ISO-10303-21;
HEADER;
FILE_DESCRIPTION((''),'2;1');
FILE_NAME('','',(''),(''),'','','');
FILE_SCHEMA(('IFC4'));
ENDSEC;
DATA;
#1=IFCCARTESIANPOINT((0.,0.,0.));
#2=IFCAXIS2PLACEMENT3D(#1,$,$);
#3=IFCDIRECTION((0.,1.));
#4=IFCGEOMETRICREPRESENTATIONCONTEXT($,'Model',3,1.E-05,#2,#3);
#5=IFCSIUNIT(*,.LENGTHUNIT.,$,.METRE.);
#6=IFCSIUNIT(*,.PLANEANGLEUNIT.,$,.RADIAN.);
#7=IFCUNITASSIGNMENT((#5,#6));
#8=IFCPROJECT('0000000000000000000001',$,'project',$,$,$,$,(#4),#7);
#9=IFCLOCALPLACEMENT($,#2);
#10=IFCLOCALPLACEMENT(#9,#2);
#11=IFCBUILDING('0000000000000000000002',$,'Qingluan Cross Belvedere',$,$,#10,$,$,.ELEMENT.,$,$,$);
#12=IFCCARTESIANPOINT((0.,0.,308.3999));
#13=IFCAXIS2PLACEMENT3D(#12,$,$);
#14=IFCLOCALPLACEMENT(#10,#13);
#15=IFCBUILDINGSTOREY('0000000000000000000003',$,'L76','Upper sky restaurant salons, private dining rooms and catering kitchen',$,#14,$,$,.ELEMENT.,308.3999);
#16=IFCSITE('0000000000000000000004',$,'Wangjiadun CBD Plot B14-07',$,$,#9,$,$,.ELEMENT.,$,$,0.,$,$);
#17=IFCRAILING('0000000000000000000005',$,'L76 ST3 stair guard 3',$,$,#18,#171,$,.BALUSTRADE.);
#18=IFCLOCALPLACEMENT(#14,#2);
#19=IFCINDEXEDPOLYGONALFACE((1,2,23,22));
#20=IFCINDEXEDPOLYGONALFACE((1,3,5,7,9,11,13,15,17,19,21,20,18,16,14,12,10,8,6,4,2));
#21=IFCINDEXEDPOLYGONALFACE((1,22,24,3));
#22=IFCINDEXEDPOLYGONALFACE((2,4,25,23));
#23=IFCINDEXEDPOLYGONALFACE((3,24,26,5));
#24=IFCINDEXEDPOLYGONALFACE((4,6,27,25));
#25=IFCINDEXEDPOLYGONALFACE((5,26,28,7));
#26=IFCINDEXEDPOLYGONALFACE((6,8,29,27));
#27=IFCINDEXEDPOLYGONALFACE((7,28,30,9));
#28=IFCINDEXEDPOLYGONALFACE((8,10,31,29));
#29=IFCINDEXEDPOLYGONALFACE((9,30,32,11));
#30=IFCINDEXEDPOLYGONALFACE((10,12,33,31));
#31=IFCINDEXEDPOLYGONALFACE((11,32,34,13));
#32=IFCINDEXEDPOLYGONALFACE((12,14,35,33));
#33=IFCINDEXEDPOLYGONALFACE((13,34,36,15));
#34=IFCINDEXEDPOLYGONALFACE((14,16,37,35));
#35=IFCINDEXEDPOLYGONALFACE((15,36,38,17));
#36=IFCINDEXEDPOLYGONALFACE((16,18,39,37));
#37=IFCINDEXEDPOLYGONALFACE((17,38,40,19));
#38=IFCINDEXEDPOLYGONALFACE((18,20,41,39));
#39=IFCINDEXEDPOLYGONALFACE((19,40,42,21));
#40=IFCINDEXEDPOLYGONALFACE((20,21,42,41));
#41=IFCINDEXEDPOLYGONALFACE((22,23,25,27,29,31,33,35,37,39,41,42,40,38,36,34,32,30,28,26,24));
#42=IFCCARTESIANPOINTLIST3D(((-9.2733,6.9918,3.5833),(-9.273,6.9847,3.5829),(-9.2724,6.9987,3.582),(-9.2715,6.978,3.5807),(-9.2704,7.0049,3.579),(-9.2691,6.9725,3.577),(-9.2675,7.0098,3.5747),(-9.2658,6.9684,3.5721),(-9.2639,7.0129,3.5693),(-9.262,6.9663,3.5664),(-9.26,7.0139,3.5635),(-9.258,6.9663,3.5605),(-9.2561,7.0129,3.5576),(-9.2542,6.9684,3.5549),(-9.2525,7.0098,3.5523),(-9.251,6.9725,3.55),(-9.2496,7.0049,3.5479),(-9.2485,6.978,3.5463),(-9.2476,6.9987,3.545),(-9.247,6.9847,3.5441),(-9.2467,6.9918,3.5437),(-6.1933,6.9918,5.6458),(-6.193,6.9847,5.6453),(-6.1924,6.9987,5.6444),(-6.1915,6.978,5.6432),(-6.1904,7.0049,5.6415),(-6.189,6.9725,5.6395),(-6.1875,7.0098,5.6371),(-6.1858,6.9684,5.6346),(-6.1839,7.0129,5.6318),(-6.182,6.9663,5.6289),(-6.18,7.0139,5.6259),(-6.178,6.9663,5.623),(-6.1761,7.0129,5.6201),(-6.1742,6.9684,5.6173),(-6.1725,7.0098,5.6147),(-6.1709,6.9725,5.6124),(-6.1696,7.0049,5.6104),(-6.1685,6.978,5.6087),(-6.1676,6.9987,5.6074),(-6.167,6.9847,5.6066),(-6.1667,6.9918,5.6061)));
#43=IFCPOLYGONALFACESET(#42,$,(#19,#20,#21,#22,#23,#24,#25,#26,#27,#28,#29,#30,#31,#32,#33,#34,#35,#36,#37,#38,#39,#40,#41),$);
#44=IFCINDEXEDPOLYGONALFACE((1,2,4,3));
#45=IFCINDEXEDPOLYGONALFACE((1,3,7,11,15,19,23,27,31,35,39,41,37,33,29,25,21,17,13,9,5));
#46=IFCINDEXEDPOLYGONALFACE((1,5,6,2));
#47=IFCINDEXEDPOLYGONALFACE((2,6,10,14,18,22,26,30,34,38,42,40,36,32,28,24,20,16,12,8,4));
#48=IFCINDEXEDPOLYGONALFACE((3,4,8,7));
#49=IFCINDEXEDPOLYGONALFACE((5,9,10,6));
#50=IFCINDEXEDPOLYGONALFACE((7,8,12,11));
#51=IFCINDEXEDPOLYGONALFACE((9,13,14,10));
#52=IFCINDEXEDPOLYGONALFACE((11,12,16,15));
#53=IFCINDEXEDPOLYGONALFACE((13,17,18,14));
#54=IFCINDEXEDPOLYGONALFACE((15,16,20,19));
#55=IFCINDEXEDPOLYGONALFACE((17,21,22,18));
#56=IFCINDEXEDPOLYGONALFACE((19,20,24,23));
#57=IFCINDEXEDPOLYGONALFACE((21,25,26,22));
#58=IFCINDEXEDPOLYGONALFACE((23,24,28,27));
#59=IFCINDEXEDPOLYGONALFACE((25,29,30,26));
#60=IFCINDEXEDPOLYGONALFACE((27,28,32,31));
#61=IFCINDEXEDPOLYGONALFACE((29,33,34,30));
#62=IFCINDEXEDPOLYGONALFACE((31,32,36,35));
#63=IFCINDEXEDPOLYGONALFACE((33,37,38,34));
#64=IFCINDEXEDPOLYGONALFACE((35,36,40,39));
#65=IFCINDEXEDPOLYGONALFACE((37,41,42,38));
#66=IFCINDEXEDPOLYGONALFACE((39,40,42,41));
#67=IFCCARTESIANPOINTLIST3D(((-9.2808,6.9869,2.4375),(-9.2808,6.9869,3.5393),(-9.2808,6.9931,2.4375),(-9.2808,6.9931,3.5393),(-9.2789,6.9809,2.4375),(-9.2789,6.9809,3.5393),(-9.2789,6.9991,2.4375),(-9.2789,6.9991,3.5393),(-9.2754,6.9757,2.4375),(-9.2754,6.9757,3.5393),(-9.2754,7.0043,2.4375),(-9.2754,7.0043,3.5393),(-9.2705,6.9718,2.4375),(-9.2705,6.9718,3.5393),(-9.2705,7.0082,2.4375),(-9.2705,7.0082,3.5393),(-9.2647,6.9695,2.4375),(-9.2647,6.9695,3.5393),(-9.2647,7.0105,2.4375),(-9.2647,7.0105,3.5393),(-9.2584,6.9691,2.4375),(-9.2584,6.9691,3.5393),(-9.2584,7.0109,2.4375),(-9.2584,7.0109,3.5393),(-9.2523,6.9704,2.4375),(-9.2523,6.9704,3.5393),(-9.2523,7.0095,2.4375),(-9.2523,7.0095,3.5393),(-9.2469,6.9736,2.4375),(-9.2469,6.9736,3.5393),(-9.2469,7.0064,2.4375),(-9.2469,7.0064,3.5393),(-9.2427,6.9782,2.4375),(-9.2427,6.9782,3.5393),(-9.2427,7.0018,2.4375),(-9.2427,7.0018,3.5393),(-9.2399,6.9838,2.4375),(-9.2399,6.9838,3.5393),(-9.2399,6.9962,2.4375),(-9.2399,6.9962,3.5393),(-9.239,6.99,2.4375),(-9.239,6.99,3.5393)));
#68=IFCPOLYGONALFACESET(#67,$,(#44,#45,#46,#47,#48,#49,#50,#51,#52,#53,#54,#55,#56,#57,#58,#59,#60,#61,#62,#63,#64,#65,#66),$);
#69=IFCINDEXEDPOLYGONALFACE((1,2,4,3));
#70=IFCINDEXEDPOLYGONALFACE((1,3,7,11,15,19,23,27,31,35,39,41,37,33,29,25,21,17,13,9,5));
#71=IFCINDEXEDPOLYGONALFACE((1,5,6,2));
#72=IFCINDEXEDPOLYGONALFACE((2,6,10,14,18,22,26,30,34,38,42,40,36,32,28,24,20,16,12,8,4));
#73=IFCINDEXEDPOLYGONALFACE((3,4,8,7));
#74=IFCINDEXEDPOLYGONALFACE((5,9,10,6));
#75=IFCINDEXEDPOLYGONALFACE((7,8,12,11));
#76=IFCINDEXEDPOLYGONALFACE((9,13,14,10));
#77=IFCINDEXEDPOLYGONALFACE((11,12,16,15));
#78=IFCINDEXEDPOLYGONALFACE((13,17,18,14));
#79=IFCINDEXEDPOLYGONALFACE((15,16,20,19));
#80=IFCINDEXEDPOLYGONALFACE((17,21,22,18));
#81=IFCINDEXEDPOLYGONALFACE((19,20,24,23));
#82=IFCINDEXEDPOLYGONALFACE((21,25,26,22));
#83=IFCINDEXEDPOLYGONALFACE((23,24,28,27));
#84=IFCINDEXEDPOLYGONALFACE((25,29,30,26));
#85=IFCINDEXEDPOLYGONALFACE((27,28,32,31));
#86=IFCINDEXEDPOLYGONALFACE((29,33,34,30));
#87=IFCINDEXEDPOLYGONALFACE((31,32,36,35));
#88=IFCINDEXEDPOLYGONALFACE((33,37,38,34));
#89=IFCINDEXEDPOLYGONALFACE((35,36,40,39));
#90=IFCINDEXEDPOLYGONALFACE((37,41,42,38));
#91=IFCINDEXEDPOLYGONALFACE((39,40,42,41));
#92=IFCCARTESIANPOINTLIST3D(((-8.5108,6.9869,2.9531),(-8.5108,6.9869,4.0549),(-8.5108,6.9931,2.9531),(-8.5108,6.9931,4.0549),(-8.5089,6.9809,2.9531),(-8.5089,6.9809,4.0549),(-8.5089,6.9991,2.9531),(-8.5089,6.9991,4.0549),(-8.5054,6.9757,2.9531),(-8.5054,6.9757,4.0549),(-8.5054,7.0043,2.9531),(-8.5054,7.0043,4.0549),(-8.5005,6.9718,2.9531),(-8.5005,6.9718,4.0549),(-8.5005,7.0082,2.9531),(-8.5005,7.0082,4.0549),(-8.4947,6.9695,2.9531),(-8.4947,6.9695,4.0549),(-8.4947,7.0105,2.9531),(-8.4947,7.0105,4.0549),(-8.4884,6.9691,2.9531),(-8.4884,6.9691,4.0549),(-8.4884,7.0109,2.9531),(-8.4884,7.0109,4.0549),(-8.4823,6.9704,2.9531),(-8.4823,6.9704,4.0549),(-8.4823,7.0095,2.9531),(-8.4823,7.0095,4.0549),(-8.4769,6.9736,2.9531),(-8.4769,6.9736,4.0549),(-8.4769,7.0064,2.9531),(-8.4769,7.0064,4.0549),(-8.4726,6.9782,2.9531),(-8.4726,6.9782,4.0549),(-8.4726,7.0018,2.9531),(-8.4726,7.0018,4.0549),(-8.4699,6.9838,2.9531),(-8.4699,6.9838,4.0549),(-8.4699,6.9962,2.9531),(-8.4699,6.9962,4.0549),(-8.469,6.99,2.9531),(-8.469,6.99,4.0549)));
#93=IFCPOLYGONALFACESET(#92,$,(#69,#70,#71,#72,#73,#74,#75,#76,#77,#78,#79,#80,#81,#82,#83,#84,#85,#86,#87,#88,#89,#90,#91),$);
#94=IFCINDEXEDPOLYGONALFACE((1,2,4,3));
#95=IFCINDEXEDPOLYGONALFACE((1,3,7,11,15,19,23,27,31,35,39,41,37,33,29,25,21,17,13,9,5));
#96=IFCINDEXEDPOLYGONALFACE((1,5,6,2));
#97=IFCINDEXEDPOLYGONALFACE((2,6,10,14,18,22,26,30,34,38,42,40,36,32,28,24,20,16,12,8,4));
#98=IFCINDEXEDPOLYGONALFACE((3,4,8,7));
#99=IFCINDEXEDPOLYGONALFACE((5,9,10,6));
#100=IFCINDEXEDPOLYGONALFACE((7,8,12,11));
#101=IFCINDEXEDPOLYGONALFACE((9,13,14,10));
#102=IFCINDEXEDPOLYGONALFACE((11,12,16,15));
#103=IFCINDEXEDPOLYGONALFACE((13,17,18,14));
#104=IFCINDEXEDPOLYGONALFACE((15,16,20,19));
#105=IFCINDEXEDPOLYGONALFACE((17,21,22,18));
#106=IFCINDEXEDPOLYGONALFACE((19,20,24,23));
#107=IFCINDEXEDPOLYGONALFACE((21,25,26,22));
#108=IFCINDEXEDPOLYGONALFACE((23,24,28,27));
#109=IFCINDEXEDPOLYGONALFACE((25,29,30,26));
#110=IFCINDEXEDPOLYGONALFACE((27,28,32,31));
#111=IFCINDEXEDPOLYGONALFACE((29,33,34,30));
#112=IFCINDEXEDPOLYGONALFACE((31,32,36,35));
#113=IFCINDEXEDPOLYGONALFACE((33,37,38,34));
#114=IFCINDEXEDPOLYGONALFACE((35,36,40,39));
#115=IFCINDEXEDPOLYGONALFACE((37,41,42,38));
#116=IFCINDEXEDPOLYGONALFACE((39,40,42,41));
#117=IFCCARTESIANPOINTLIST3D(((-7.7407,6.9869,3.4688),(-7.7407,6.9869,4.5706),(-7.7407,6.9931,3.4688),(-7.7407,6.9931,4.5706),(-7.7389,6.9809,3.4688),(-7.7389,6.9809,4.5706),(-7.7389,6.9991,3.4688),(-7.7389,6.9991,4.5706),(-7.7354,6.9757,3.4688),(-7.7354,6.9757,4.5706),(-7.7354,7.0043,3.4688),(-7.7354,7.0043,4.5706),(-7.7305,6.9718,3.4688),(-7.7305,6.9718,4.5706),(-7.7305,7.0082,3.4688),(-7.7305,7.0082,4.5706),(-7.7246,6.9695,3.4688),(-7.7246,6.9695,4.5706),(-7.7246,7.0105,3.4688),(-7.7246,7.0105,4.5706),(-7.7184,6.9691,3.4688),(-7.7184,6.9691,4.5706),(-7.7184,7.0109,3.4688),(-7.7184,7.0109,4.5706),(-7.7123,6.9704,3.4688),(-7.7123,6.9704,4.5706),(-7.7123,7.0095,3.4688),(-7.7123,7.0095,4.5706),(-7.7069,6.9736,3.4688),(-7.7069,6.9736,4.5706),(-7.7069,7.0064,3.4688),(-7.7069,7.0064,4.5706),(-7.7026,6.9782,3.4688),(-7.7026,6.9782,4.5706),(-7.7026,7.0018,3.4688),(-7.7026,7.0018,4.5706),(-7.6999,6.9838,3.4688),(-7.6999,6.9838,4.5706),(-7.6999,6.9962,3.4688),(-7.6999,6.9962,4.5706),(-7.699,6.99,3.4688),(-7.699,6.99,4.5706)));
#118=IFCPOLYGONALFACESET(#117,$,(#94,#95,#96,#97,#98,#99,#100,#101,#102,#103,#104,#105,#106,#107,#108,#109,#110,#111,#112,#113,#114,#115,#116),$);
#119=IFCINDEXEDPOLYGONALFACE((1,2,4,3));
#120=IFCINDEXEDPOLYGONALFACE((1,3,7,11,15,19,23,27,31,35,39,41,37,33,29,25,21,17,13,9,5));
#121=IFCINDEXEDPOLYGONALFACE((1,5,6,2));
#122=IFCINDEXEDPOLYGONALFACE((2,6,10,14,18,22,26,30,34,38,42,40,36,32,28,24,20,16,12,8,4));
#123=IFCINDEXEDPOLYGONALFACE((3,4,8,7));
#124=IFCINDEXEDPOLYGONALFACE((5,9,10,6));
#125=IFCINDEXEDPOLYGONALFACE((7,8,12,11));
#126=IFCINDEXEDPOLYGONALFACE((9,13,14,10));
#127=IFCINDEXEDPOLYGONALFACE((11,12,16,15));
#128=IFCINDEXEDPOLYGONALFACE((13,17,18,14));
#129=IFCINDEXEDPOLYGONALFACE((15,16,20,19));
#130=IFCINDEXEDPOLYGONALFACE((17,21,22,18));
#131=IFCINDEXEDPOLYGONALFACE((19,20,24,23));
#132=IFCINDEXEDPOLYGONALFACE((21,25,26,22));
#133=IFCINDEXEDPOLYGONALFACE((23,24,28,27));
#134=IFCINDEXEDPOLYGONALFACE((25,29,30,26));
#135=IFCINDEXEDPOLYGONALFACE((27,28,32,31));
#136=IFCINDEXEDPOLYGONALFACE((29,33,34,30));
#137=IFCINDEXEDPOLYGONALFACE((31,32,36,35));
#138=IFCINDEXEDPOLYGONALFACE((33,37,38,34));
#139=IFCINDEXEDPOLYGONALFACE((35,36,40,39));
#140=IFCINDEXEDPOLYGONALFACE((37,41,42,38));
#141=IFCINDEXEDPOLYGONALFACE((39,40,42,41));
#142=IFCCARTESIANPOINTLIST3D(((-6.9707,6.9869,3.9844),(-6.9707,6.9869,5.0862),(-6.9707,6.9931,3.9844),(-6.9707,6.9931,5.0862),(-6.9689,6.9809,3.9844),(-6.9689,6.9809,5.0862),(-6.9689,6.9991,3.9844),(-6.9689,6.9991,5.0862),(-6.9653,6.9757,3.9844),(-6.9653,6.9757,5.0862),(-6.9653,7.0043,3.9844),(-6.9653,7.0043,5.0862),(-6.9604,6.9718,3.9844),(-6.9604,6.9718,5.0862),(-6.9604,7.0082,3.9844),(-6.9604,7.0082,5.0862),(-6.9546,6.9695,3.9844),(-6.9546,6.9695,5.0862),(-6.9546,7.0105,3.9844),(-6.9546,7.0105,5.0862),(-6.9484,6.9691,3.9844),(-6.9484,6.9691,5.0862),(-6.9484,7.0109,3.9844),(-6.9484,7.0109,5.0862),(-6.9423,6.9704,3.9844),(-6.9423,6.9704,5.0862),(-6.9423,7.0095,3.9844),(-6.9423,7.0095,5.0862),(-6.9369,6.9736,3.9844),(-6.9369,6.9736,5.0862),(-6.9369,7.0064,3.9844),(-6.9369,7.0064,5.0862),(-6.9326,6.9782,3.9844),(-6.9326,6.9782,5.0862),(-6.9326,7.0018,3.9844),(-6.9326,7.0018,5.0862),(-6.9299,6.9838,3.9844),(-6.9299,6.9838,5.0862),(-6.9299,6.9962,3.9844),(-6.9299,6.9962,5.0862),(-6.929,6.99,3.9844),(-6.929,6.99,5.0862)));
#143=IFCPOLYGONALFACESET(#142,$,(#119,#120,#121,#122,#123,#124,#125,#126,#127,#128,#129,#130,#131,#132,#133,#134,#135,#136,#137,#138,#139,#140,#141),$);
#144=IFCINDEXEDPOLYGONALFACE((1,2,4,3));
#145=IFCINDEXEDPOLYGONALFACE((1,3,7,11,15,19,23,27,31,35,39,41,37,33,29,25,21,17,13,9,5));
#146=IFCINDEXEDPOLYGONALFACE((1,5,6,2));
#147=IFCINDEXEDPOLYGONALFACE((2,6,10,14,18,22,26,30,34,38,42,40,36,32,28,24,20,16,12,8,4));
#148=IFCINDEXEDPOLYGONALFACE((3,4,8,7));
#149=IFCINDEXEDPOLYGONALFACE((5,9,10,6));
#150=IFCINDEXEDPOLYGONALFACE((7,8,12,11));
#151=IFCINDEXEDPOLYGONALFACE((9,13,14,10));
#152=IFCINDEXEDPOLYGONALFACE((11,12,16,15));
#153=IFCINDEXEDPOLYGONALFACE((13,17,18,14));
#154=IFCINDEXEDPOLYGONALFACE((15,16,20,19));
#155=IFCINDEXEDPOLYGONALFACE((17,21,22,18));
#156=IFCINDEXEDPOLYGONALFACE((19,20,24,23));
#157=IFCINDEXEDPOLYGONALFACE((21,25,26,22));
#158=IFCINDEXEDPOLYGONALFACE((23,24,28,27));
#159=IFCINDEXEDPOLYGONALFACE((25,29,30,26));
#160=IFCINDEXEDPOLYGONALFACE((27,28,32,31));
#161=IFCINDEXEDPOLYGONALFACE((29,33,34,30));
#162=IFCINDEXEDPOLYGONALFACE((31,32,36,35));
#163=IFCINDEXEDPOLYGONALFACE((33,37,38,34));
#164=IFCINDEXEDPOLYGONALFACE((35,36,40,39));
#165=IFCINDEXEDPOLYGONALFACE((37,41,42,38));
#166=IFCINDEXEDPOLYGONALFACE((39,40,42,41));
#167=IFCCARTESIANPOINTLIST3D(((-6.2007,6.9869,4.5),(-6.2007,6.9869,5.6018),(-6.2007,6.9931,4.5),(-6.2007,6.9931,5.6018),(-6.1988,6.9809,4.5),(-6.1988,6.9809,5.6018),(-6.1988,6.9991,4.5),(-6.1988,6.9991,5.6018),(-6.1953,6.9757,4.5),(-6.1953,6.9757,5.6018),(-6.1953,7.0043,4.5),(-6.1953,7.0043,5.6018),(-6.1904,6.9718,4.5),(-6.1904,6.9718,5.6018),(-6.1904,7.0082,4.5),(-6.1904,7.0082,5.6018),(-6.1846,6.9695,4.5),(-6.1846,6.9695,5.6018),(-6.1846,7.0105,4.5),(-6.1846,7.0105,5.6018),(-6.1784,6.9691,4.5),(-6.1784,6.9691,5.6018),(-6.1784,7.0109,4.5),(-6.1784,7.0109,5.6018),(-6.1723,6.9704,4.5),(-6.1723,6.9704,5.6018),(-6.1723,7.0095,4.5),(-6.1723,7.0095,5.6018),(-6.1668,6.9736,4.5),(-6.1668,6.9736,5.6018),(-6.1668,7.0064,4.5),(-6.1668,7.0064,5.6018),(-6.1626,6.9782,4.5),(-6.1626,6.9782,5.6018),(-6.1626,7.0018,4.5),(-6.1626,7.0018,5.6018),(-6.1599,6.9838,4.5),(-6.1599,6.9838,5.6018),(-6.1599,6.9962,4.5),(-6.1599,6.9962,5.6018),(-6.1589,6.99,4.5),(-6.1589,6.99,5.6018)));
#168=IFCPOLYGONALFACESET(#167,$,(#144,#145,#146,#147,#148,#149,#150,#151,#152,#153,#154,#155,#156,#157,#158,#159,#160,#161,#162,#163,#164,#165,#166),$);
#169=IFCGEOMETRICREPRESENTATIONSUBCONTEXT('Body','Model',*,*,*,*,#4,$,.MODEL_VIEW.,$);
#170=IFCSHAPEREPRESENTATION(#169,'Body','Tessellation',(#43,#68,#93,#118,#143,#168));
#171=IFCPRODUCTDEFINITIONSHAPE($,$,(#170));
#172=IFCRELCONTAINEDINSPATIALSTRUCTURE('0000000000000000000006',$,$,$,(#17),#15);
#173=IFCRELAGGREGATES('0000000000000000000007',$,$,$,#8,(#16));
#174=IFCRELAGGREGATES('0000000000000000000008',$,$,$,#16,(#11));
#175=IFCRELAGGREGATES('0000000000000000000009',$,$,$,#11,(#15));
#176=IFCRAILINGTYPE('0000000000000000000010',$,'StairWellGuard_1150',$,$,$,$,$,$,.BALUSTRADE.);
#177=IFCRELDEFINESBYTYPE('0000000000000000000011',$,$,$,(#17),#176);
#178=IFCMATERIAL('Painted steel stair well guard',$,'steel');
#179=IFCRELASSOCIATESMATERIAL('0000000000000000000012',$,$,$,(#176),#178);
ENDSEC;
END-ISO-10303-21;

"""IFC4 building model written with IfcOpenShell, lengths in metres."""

from ifc_helpers import new_model, si_unit, direction, frame, origin, origin_2d, place, context, subcontext, project, spatial, circle, extrude, material, type_object, element, save


model = new_model("IFC4")

# Units and contexts
model_context = context("Model", 3, precision=1e-05, world=origin(), true_north=direction((0.0, 1.0)))
body_context = subcontext(model_context, "Body", "Model", "MODEL_VIEW")
ifc_project = project(units=[si_unit("LENGTHUNIT", "METRE"), si_unit("PLANEANGLEUNIT", "RADIAN")], contexts=[model_context])

# Site, building, storey
site_placement = place(None, origin())
site = spatial("IfcSite", under=ifc_project, at=site_placement, Name="Wangjiadun CBD Plot B14-07", CompositionType="ELEMENT", RefElevation=0.0)
building_placement = place(site_placement, origin())
building = spatial("IfcBuilding", under=site, at=building_placement, Name="Qingluan Cross Belvedere", CompositionType="ELEMENT")
storey_placement = place(building_placement, frame((0.0, 0.0, 308.3999)))
storey = spatial("IfcBuildingStorey", under=building, at=storey_placement, Name="L76", Description="Upper sky restaurant salons, private dining rooms and catering kitchen", CompositionType="ELEMENT", Elevation=308.3999)

# Railing
ifc_material_1 = material(Name="Painted steel stair well guard", Category="steel")
railing_type = type_object("IfcRailingType", Name="StairWellGuard_1150", PredefinedType="BALUSTRADE", material=ifc_material_1)
railing_1_placement = place(storey_placement, frame((-9.26, 6.99, 2.4375)))
element("IfcRailing", 1, at=railing_1_placement, inside=storey, type_object=railing_type, Name="L76 ST3 stair guard 3", PredefinedType="BALUSTRADE", context=body_context, shape_type="SweptSolid", body=[
    extrude(circle(Radius=0.0239, at=origin_2d()), frame((0.0, 0.0, 1.126), z_axis=(0.830914, 0.0, 0.556401), x_axis=(0.0, 1.0, 0.0)), (0.0, 0.0, 1.0), 3.7068),
    extrude(circle(Radius=0.021, at=origin_2d()), origin(), (0.0, 0.0, 1.0), 1.1018),
    extrude(circle(Radius=0.021, at=origin_2d()), frame((0.77, 0.0, 0.5156)), (0.0, 0.0, 1.0), 1.1018),
    extrude(circle(Radius=0.021, at=origin_2d()), frame((1.54, 0.0, 1.0312)), (0.0, 0.0, 1.0), 1.1018),
    extrude(circle(Radius=0.021, at=origin_2d()), frame((2.3101, 0.0, 1.5469)), (0.0, 0.0, 1.0), 1.1018),
    extrude(circle(Radius=0.021, at=origin_2d()), frame((3.0801, 0.0, 2.0625)), (0.0, 0.0, 1.0), 1.1018),
])

save(model, "model.ifc")
